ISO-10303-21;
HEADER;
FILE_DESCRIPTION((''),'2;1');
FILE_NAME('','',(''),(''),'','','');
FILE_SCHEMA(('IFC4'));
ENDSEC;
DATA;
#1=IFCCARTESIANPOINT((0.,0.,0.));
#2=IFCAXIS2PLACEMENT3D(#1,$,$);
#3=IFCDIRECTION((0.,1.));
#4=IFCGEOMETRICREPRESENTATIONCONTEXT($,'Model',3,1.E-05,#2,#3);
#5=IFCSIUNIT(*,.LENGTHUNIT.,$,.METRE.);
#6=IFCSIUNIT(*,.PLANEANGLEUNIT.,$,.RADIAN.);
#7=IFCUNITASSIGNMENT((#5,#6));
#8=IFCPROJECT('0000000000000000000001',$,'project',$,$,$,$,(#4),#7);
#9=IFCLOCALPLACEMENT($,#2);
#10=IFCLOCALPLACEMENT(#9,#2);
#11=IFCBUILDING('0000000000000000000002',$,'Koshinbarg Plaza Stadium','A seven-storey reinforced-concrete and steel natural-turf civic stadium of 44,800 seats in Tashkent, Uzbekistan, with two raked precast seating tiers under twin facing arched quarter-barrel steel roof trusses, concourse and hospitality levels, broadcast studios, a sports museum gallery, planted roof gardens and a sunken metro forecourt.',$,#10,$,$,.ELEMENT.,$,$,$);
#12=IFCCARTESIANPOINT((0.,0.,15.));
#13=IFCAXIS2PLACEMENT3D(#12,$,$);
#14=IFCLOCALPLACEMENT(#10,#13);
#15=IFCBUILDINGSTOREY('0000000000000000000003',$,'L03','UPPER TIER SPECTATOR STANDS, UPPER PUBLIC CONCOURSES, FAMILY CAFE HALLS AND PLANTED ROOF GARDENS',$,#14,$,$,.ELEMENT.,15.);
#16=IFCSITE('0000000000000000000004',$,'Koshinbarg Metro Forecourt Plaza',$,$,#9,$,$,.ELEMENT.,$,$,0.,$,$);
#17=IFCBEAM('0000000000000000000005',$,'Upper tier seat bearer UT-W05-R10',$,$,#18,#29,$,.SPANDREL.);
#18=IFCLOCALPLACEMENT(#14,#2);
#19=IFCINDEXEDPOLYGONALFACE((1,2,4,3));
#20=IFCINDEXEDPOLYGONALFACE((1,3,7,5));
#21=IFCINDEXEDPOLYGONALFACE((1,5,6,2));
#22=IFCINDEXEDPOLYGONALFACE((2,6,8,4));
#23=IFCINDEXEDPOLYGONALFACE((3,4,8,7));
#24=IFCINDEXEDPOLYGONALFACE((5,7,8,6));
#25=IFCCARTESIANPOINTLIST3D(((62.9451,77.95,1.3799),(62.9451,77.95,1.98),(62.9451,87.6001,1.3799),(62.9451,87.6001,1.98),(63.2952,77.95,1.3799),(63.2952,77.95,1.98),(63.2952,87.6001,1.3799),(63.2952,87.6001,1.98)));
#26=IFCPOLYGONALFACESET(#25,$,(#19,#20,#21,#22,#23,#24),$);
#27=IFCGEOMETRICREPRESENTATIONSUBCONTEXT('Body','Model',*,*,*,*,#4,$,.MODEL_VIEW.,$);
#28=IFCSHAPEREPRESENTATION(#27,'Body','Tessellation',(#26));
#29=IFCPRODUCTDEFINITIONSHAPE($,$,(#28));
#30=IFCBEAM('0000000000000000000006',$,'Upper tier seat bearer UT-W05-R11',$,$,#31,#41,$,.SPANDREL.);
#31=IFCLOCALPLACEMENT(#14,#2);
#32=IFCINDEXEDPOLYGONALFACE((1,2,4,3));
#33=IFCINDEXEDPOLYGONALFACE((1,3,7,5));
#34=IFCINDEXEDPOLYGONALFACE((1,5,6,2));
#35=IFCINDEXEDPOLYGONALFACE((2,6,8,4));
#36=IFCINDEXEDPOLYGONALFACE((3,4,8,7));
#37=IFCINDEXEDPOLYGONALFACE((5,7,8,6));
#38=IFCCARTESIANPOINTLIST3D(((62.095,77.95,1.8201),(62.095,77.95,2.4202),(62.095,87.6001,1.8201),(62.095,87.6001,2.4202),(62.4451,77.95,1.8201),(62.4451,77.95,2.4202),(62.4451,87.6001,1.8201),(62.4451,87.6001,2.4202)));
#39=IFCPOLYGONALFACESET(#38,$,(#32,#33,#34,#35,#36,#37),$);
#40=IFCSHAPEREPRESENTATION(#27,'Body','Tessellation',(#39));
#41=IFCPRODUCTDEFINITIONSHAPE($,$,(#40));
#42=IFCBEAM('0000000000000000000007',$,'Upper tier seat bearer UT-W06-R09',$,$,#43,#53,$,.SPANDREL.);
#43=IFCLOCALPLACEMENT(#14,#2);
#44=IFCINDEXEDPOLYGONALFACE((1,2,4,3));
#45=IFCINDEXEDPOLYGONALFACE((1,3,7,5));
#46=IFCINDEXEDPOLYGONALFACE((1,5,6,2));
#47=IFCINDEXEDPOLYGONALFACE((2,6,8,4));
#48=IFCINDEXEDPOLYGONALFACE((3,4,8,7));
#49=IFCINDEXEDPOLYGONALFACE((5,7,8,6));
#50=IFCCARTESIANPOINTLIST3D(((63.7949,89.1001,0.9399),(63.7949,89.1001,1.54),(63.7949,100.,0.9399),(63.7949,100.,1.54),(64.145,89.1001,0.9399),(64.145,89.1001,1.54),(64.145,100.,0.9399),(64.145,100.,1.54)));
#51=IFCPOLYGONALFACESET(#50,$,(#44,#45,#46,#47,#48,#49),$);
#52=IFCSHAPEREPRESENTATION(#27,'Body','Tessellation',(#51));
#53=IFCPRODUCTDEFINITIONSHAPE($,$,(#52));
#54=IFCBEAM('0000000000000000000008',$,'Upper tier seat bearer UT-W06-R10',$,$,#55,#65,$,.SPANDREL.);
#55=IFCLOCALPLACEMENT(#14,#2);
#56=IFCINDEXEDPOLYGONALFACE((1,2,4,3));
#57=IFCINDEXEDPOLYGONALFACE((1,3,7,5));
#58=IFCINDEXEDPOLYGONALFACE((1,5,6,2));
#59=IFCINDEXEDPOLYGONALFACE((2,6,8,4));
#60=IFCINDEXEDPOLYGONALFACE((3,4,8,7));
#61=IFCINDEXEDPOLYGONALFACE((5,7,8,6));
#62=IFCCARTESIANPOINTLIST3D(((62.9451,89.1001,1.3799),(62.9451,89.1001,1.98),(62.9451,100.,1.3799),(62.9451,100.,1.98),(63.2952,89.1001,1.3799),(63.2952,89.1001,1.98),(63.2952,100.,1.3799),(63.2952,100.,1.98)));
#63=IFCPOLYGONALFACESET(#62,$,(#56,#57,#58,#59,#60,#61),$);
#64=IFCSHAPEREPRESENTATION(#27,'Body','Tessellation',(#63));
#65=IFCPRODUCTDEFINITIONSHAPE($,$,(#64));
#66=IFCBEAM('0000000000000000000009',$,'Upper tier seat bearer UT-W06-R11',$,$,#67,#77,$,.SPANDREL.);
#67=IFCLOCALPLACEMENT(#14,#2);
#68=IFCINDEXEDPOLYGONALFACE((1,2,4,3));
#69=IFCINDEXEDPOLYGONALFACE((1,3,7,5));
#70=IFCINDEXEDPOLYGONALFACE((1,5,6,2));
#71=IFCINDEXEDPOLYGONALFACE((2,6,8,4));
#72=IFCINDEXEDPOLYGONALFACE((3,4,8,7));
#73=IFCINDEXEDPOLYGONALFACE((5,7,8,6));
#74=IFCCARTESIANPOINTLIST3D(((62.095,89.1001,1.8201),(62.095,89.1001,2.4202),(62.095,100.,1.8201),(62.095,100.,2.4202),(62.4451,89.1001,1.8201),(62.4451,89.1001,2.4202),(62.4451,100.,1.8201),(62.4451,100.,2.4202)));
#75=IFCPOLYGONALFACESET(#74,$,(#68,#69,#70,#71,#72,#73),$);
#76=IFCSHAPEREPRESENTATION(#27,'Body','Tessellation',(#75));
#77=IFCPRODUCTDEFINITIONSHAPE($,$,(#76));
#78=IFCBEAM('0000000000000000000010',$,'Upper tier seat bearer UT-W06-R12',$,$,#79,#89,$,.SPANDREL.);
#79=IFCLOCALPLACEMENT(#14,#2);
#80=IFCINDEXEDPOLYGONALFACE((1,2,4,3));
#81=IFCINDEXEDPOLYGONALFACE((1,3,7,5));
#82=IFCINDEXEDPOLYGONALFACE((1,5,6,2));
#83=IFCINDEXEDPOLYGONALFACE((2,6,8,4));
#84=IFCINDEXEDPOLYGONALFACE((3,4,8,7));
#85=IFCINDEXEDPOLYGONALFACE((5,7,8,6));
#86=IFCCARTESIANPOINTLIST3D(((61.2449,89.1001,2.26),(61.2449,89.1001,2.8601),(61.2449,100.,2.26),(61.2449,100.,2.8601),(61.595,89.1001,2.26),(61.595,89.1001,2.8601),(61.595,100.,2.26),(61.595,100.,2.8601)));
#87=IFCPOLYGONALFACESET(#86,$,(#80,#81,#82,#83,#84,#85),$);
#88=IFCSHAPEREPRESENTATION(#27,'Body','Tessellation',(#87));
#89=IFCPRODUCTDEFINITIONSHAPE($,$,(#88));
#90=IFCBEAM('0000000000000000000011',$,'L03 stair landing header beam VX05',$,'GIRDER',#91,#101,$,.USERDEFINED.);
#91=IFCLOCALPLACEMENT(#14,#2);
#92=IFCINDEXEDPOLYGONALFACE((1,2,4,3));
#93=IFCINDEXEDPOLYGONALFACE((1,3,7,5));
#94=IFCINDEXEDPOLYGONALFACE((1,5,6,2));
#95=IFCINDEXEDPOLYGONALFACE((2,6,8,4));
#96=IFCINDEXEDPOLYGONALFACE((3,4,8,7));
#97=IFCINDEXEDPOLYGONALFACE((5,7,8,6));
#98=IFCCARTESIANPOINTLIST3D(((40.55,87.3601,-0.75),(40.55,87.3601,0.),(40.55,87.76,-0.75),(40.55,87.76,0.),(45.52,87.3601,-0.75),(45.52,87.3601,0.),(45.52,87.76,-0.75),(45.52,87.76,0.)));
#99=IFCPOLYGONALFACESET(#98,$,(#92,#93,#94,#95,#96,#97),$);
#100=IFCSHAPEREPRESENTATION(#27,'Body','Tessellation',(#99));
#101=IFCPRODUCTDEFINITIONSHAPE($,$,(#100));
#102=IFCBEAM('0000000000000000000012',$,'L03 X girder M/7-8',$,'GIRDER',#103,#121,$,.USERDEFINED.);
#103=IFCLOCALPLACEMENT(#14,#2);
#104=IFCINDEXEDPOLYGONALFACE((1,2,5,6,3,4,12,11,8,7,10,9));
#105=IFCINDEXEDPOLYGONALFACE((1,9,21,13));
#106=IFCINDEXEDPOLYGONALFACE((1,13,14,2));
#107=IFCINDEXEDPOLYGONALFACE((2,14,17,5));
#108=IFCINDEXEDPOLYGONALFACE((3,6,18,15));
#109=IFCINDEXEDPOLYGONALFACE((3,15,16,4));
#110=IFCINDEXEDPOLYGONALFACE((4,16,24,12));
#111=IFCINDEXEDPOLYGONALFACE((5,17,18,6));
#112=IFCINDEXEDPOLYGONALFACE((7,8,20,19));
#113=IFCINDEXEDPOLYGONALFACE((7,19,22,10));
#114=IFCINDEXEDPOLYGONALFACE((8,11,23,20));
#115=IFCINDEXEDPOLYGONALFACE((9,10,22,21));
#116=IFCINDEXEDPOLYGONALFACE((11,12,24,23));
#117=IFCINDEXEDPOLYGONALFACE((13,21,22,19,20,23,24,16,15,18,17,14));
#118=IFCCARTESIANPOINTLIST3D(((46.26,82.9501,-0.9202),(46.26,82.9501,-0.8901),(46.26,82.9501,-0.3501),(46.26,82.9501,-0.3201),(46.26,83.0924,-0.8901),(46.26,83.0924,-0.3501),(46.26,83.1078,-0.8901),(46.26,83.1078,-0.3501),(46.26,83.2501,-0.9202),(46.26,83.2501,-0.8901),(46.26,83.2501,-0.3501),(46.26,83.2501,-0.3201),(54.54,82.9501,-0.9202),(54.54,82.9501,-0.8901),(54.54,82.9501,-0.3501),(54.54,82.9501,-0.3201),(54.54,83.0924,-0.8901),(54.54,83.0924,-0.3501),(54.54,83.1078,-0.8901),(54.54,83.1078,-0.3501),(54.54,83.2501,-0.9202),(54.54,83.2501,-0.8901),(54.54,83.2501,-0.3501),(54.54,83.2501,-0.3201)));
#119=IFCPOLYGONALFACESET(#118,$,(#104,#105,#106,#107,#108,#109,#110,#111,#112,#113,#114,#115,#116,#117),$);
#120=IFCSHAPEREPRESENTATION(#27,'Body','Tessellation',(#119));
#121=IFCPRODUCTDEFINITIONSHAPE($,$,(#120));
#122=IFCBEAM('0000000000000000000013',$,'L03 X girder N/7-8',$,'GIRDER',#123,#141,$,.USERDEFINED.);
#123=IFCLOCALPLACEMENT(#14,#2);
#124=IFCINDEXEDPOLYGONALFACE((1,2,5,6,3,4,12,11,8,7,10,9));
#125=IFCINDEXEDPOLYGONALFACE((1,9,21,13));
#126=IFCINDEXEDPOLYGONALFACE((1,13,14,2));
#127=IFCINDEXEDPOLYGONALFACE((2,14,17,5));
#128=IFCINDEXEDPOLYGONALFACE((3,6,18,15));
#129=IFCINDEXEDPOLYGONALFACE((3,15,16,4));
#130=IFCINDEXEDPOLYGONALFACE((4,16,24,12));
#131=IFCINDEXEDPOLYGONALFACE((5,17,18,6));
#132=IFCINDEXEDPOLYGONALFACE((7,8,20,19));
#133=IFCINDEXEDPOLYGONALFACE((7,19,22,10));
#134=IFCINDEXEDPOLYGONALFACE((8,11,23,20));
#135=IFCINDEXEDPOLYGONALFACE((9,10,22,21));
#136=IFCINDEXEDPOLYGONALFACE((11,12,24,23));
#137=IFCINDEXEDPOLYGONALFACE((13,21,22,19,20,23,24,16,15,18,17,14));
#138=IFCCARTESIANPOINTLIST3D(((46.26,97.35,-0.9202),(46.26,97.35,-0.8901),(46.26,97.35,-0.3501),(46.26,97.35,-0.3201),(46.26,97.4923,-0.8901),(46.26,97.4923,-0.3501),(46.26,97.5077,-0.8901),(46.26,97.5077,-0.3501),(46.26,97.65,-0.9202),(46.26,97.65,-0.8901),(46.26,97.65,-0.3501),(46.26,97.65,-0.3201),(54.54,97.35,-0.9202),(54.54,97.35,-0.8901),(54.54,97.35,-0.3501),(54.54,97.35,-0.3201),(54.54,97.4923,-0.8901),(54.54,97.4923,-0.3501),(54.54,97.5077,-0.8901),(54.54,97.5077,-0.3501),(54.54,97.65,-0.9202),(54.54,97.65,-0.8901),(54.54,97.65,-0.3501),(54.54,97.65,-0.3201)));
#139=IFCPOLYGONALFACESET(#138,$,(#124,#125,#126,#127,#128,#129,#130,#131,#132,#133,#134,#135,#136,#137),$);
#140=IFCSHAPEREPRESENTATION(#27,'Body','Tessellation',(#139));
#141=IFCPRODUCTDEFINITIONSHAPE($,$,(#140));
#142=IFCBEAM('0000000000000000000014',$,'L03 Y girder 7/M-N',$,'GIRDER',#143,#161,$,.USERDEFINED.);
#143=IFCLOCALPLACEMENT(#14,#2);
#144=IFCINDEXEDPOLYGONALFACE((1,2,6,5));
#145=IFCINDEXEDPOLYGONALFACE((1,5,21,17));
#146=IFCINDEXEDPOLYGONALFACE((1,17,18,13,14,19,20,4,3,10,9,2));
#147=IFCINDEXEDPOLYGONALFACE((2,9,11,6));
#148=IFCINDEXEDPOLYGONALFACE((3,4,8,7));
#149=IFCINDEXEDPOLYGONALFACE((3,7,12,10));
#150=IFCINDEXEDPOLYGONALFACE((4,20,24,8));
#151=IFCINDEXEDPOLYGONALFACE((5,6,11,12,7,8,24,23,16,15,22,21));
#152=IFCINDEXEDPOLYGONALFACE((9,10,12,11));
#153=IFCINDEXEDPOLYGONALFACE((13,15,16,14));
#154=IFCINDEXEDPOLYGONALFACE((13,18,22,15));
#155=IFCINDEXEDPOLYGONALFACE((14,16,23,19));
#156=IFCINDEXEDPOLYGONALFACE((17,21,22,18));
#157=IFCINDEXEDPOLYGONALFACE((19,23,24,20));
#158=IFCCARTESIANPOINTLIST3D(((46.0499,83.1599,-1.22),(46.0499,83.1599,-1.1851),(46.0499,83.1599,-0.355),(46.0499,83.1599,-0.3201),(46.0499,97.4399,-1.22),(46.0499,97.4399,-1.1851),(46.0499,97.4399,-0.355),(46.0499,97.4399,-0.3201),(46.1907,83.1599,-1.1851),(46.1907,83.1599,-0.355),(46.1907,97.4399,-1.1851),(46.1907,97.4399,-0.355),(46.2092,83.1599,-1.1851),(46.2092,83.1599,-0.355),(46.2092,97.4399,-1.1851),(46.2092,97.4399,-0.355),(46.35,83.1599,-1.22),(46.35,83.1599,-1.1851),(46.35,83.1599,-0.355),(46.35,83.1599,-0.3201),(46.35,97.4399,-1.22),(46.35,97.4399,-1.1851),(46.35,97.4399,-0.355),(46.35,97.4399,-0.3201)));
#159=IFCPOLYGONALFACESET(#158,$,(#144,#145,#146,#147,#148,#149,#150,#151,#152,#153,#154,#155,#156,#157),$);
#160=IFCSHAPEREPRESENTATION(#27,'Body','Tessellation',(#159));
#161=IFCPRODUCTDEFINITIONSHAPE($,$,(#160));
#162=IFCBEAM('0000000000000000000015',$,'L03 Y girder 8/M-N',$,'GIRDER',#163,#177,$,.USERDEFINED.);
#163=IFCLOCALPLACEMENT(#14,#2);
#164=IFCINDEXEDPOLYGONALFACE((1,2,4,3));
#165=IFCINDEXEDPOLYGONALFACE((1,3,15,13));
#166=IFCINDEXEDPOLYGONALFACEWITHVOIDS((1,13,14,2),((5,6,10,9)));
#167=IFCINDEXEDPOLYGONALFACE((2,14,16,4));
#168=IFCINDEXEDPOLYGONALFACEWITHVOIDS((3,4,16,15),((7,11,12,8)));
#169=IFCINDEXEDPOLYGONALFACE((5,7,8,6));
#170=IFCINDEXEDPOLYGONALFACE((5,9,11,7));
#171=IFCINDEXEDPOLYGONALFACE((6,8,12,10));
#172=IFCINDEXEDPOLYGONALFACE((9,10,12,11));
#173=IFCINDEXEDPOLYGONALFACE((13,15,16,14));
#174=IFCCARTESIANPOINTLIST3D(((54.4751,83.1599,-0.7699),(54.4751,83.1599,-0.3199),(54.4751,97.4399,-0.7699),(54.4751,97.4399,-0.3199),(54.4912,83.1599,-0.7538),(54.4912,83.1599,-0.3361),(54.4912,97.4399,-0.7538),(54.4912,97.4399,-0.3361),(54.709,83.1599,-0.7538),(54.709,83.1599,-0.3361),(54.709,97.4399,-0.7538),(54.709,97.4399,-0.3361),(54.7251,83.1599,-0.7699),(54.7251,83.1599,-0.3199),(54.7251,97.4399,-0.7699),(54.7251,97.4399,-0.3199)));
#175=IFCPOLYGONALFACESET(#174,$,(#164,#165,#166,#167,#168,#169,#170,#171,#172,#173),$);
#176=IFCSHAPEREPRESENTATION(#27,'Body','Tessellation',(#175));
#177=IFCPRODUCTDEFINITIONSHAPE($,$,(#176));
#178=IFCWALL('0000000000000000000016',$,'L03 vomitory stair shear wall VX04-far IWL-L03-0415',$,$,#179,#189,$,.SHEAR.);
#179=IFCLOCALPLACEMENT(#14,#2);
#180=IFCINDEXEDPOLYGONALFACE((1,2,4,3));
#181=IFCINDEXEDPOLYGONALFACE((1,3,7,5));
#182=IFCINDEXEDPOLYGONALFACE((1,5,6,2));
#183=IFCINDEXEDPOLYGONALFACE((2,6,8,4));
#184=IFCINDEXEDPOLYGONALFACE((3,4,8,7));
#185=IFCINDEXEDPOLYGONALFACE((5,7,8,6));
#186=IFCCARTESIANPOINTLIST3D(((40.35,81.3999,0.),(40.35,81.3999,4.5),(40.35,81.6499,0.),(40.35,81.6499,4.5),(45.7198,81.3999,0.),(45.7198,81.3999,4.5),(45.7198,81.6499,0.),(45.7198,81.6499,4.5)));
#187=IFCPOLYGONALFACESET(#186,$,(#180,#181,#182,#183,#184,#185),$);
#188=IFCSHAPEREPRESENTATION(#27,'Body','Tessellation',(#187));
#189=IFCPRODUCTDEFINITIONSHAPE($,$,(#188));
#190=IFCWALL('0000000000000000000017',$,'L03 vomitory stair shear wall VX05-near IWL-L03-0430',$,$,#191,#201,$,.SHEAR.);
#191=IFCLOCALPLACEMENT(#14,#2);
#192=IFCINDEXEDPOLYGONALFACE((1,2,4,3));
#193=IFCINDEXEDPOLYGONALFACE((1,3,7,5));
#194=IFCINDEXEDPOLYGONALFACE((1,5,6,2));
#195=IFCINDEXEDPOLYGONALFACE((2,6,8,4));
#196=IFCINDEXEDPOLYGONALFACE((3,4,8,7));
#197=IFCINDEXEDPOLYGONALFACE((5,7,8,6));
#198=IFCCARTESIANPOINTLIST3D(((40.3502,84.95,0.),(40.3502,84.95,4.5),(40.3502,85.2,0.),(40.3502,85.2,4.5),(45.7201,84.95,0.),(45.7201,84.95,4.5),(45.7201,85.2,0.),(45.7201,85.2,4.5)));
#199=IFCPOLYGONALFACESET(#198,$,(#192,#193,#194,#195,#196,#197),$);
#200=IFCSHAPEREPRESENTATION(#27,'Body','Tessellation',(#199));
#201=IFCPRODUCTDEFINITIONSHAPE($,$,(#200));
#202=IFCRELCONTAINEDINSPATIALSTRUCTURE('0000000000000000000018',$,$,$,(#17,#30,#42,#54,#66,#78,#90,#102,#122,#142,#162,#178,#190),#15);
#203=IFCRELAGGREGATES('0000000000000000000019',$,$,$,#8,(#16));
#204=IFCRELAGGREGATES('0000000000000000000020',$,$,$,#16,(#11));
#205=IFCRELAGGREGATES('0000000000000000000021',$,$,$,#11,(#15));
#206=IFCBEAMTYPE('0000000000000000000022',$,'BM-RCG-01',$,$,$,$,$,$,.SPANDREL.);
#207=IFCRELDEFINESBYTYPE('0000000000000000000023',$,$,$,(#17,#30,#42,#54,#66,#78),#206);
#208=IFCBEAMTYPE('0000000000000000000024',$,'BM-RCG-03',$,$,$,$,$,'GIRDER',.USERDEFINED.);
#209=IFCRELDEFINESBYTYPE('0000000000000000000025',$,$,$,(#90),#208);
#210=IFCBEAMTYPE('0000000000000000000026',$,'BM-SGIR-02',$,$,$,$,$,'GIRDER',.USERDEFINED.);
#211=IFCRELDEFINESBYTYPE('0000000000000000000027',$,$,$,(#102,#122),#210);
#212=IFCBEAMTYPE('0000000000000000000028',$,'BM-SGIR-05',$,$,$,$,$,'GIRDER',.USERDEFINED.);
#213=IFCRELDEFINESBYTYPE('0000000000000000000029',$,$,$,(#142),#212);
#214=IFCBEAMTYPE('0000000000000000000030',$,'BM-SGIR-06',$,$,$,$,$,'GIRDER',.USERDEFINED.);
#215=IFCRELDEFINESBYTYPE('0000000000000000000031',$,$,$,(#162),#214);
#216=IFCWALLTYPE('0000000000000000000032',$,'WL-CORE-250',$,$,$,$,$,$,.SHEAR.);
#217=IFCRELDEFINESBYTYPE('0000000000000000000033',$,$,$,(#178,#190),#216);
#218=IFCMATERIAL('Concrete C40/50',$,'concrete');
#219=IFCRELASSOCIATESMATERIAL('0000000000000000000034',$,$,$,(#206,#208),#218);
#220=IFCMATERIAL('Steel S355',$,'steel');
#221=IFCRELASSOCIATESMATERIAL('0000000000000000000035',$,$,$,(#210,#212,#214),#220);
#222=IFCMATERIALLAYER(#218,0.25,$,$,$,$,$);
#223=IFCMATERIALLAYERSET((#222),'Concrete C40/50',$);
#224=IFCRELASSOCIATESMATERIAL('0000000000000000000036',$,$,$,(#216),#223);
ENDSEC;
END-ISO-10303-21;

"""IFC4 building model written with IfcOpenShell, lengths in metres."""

from ifc_helpers import new_model, si_unit, direction, frame, frame_2d, origin, origin_2d, place, context, subcontext, project, spatial, rectangle, hollow_rectangle, i_section, extrude, material, layer, layer_set, material_profile, profile_set, type_object, element, save


model = new_model("IFC4")

# Units and contexts
model_context = context("Model", 3, precision=1e-05, world=origin(), true_north=direction((0.0, 1.0)))
body_context = subcontext(model_context, "Body", "Model", "MODEL_VIEW")
ifc_project = project(units=[si_unit("LENGTHUNIT", "METRE"), si_unit("PLANEANGLEUNIT", "RADIAN")], contexts=[model_context])

# Site, building, storey
site_placement = place(None, origin())
site = spatial("IfcSite", under=ifc_project, at=site_placement, Name="Koshinbarg Metro Forecourt Plaza", CompositionType="ELEMENT", RefElevation=0.0)
building_placement = place(site_placement, origin())
building = spatial("IfcBuilding", under=site, at=building_placement, Name="Koshinbarg Plaza Stadium", Description="A seven-storey reinforced-concrete and steel natural-turf civic stadium of 44,800 seats in Tashkent, Uzbekistan, with two raked precast seating tiers under twin facing arched quarter-barrel steel roof trusses, concourse and hospitality levels, broadcast studios, a sports museum gallery, planted roof gardens and a sunken metro forecourt.", CompositionType="ELEMENT")
storey_placement = place(building_placement, frame((0.0, 0.0, 15.0)))
storey = spatial("IfcBuildingStorey", under=building, at=storey_placement, Name="L03", Description="UPPER TIER SPECTATOR STANDS, UPPER PUBLIC CONCOURSES, FAMILY CAFE HALLS AND PLANTED ROOF GARDENS", CompositionType="ELEMENT", Elevation=15.0)

# Shared definitions
ifc_material_1 = material(Name="Concrete C40/50", Category="concrete")
ifc_material_2 = material(Name="Steel S355", Category="steel")

# Beams
ifc_material_profile_1 = material_profile(ifc_material_1, rectangle(XDim=0.3501, YDim=0.6001, at=origin_2d()), Name="RC 350x600")
ifc_profile_set_1 = profile_set([ifc_material_profile_1], Name="Concrete C40/50")
beam_type_1 = type_object("IfcBeamType", Name="BM-RCG-01", PredefinedType="SPANDREL", material=ifc_profile_set_1)
for number, where, z_axis, x_axis, name in (
    (1, (63.1201, 77.95, 1.6799), (0.0, 1.0, 0.0), (-1.0, 0.0, 0.0), "Upper tier seat bearer UT-W05-R10"),
    (2, (62.27, 77.95, 2.1201), (0.0, 1.0, 0.0), (-1.0, 0.0, 0.0), "Upper tier seat bearer UT-W05-R11"),
):
    element("IfcBeam", number, at=place(storey_placement, frame(where, z_axis=z_axis, x_axis=x_axis)), inside=storey, type_object=beam_type_1, Name=name, PredefinedType="SPANDREL", context=body_context, shape_type="SweptSolid", body=[
        extrude(rectangle(XDim=0.3501, YDim=0.6001, at=origin_2d()), origin(), (0.0, 0.0, 1.0), 9.6501),
    ])
for number, where, z_axis, x_axis, name in (
    (3, (63.97, 89.1001, 1.24), (0.0, 1.0, 0.0), (-1.0, 0.0, 0.0), "Upper tier seat bearer UT-W06-R09"),
    (4, (63.1201, 89.1001, 1.6799), (0.0, 1.0, 0.0), (-1.0, 0.0, 0.0), "Upper tier seat bearer UT-W06-R10"),
    (5, (62.27, 89.1001, 2.1201), (0.0, 1.0, 0.0), (-1.0, 0.0, 0.0), "Upper tier seat bearer UT-W06-R11"),
    (6, (61.4199, 89.1001, 2.5601), (0.0, 1.0, 0.0), (-1.0, 0.0, 0.0), "Upper tier seat bearer UT-W06-R12"),
):
    element("IfcBeam", number, at=place(storey_placement, frame(where, z_axis=z_axis, x_axis=x_axis)), inside=storey, type_object=beam_type_1, Name=name, PredefinedType="SPANDREL", context=body_context, shape_type="SweptSolid", body=[
        extrude(rectangle(XDim=0.3501, YDim=0.6001, at=origin_2d()), origin(), (0.0, 0.0, 1.0), 10.8999),
    ])
ifc_material_profile_2 = material_profile(ifc_material_1, rectangle(XDim=0.3999, YDim=0.75, at=origin_2d()), Name="RC 400x750")
ifc_profile_set_2 = profile_set([ifc_material_profile_2], Name="Concrete C40/50")
beam_type_2 = type_object("IfcBeamType", Name="BM-RCG-03", ElementType="GIRDER", PredefinedType="USERDEFINED", material=ifc_profile_set_2)
beam_1_placement = place(storey_placement, frame((40.55, 87.5601, -0.375), z_axis=(1.0, 0.0, 0.0), x_axis=(0.0, 1.0, 0.0)))
element("IfcBeam", 7, at=beam_1_placement, inside=storey, type_object=beam_type_2, Name="L03 stair landing header beam VX05", ObjectType="GIRDER", PredefinedType="USERDEFINED", context=body_context, shape_type="SweptSolid", body=[
    extrude(rectangle(XDim=0.3999, YDim=0.75, at=origin_2d()), origin(), (0.0, 0.0, 1.0), 4.97),
])
ifc_material_profile_3 = material_profile(ifc_material_2, i_section(OverallWidth=0.3, OverallDepth=0.6001, WebThickness=0.0154, FlangeThickness=0.03, at=origin_2d()), Name="HEB 600")
ifc_profile_set_3 = profile_set([ifc_material_profile_3], Name="Steel S355")
beam_type_3 = type_object("IfcBeamType", Name="BM-SGIR-02", ElementType="GIRDER", PredefinedType="USERDEFINED", material=ifc_profile_set_3)
for number, where, z_axis, x_axis, name in (
    (8, (46.26, 83.1001, -0.6201), (1.0, 0.0, 0.0), (0.0, 1.0, 0.0), "L03 X girder M/7-8"),
    (9, (46.26, 97.5, -0.6201), (1.0, 0.0, 0.0), (0.0, 1.0, 0.0), "L03 X girder N/7-8"),
):
    element("IfcBeam", number, at=place(storey_placement, frame(where, z_axis=z_axis, x_axis=x_axis)), inside=storey, type_object=beam_type_3, Name=name, ObjectType="GIRDER", PredefinedType="USERDEFINED", context=body_context, shape_type="SweptSolid", body=[
        extrude(i_section(OverallWidth=0.3, OverallDepth=0.6001, WebThickness=0.0154, FlangeThickness=0.03, at=origin_2d()), origin(), (0.0, 0.0, 1.0), 8.28),
    ])
ifc_material_profile_4 = material_profile(ifc_material_2, i_section(OverallWidth=0.3, OverallDepth=0.8999, WebThickness=0.0186, FlangeThickness=0.0349, at=origin_2d()), Name="HEB 900")
ifc_profile_set_4 = profile_set([ifc_material_profile_4], Name="Steel S355")
beam_type_4 = type_object("IfcBeamType", Name="BM-SGIR-05", ElementType="GIRDER", PredefinedType="USERDEFINED", material=ifc_profile_set_4)
beam_2_placement = place(storey_placement, frame((46.2, 83.1599, -0.77), z_axis=(0.0, 1.0, 0.0), x_axis=(-1.0, 0.0, 0.0)))
element("IfcBeam", 10, at=beam_2_placement, inside=storey, type_object=beam_type_4, Name="L03 Y girder 7/M-N", ObjectType="GIRDER", PredefinedType="USERDEFINED", context=body_context, shape_type="SweptSolid", body=[
    extrude(i_section(OverallWidth=0.3, OverallDepth=0.8999, WebThickness=0.0186, FlangeThickness=0.0349, at=origin_2d()), origin(), (0.0, 0.0, 1.0), 14.28),
])
ifc_material_profile_5 = material_profile(ifc_material_2, hollow_rectangle(XDim=0.25, YDim=0.45, WallThickness=0.0161, at=origin_2d()), Name="RHS 450x250x16")
ifc_profile_set_5 = profile_set([ifc_material_profile_5], Name="Steel S355")
beam_type_5 = type_object("IfcBeamType", Name="BM-SGIR-06", ElementType="GIRDER", PredefinedType="USERDEFINED", material=ifc_profile_set_5)
beam_3_placement = place(storey_placement, frame((54.6001, 83.1599, -0.5449), z_axis=(0.0, 1.0, 0.0), x_axis=(-1.0, 0.0, 0.0)))
element("IfcBeam", 11, at=beam_3_placement, inside=storey, type_object=beam_type_5, Name="L03 Y girder 8/M-N", ObjectType="GIRDER", PredefinedType="USERDEFINED", context=body_context, shape_type="SweptSolid", body=[
    extrude(hollow_rectangle(XDim=0.25, YDim=0.45, WallThickness=0.0161, at=origin_2d()), origin(), (0.0, 0.0, 1.0), 14.28),
])

# Walls
ifc_layer_1 = layer(ifc_material_1, 0.25)
ifc_layer_set_1 = layer_set([ifc_layer_1], Name="Concrete C40/50")
wall_type_1 = type_object("IfcWallType", Name="WL-CORE-250", PredefinedType="SHEAR", material=ifc_layer_set_1)
for number, where, z_axis, x_axis, name in (
    (12, (45.72, 81.5249, 0.0), (0.0, 0.0, 1.0), (-1.0, 0.0, 0.0), "L03 vomitory stair shear wall VX04-far IWL-L03-0415"),
    (13, (40.3501, 85.075, 0.0), (0.0, 0.0, 1.0), (1.0, 0.0, 0.0), "L03 vomitory stair shear wall VX05-near IWL-L03-0430"),
):
    element("IfcWall", number, at=place(storey_placement, frame(where, z_axis=z_axis, x_axis=x_axis)), inside=storey, type_object=wall_type_1, Name=name, PredefinedType="SHEAR", context=body_context, shape_type="SweptSolid", body=[
        extrude(rectangle(XDim=5.3699, YDim=0.25, at=frame_2d((2.6851, 0.0))), origin(), (0.0, 0.0, 1.0), 4.5),
    ])

save(model, "model.ifc")
